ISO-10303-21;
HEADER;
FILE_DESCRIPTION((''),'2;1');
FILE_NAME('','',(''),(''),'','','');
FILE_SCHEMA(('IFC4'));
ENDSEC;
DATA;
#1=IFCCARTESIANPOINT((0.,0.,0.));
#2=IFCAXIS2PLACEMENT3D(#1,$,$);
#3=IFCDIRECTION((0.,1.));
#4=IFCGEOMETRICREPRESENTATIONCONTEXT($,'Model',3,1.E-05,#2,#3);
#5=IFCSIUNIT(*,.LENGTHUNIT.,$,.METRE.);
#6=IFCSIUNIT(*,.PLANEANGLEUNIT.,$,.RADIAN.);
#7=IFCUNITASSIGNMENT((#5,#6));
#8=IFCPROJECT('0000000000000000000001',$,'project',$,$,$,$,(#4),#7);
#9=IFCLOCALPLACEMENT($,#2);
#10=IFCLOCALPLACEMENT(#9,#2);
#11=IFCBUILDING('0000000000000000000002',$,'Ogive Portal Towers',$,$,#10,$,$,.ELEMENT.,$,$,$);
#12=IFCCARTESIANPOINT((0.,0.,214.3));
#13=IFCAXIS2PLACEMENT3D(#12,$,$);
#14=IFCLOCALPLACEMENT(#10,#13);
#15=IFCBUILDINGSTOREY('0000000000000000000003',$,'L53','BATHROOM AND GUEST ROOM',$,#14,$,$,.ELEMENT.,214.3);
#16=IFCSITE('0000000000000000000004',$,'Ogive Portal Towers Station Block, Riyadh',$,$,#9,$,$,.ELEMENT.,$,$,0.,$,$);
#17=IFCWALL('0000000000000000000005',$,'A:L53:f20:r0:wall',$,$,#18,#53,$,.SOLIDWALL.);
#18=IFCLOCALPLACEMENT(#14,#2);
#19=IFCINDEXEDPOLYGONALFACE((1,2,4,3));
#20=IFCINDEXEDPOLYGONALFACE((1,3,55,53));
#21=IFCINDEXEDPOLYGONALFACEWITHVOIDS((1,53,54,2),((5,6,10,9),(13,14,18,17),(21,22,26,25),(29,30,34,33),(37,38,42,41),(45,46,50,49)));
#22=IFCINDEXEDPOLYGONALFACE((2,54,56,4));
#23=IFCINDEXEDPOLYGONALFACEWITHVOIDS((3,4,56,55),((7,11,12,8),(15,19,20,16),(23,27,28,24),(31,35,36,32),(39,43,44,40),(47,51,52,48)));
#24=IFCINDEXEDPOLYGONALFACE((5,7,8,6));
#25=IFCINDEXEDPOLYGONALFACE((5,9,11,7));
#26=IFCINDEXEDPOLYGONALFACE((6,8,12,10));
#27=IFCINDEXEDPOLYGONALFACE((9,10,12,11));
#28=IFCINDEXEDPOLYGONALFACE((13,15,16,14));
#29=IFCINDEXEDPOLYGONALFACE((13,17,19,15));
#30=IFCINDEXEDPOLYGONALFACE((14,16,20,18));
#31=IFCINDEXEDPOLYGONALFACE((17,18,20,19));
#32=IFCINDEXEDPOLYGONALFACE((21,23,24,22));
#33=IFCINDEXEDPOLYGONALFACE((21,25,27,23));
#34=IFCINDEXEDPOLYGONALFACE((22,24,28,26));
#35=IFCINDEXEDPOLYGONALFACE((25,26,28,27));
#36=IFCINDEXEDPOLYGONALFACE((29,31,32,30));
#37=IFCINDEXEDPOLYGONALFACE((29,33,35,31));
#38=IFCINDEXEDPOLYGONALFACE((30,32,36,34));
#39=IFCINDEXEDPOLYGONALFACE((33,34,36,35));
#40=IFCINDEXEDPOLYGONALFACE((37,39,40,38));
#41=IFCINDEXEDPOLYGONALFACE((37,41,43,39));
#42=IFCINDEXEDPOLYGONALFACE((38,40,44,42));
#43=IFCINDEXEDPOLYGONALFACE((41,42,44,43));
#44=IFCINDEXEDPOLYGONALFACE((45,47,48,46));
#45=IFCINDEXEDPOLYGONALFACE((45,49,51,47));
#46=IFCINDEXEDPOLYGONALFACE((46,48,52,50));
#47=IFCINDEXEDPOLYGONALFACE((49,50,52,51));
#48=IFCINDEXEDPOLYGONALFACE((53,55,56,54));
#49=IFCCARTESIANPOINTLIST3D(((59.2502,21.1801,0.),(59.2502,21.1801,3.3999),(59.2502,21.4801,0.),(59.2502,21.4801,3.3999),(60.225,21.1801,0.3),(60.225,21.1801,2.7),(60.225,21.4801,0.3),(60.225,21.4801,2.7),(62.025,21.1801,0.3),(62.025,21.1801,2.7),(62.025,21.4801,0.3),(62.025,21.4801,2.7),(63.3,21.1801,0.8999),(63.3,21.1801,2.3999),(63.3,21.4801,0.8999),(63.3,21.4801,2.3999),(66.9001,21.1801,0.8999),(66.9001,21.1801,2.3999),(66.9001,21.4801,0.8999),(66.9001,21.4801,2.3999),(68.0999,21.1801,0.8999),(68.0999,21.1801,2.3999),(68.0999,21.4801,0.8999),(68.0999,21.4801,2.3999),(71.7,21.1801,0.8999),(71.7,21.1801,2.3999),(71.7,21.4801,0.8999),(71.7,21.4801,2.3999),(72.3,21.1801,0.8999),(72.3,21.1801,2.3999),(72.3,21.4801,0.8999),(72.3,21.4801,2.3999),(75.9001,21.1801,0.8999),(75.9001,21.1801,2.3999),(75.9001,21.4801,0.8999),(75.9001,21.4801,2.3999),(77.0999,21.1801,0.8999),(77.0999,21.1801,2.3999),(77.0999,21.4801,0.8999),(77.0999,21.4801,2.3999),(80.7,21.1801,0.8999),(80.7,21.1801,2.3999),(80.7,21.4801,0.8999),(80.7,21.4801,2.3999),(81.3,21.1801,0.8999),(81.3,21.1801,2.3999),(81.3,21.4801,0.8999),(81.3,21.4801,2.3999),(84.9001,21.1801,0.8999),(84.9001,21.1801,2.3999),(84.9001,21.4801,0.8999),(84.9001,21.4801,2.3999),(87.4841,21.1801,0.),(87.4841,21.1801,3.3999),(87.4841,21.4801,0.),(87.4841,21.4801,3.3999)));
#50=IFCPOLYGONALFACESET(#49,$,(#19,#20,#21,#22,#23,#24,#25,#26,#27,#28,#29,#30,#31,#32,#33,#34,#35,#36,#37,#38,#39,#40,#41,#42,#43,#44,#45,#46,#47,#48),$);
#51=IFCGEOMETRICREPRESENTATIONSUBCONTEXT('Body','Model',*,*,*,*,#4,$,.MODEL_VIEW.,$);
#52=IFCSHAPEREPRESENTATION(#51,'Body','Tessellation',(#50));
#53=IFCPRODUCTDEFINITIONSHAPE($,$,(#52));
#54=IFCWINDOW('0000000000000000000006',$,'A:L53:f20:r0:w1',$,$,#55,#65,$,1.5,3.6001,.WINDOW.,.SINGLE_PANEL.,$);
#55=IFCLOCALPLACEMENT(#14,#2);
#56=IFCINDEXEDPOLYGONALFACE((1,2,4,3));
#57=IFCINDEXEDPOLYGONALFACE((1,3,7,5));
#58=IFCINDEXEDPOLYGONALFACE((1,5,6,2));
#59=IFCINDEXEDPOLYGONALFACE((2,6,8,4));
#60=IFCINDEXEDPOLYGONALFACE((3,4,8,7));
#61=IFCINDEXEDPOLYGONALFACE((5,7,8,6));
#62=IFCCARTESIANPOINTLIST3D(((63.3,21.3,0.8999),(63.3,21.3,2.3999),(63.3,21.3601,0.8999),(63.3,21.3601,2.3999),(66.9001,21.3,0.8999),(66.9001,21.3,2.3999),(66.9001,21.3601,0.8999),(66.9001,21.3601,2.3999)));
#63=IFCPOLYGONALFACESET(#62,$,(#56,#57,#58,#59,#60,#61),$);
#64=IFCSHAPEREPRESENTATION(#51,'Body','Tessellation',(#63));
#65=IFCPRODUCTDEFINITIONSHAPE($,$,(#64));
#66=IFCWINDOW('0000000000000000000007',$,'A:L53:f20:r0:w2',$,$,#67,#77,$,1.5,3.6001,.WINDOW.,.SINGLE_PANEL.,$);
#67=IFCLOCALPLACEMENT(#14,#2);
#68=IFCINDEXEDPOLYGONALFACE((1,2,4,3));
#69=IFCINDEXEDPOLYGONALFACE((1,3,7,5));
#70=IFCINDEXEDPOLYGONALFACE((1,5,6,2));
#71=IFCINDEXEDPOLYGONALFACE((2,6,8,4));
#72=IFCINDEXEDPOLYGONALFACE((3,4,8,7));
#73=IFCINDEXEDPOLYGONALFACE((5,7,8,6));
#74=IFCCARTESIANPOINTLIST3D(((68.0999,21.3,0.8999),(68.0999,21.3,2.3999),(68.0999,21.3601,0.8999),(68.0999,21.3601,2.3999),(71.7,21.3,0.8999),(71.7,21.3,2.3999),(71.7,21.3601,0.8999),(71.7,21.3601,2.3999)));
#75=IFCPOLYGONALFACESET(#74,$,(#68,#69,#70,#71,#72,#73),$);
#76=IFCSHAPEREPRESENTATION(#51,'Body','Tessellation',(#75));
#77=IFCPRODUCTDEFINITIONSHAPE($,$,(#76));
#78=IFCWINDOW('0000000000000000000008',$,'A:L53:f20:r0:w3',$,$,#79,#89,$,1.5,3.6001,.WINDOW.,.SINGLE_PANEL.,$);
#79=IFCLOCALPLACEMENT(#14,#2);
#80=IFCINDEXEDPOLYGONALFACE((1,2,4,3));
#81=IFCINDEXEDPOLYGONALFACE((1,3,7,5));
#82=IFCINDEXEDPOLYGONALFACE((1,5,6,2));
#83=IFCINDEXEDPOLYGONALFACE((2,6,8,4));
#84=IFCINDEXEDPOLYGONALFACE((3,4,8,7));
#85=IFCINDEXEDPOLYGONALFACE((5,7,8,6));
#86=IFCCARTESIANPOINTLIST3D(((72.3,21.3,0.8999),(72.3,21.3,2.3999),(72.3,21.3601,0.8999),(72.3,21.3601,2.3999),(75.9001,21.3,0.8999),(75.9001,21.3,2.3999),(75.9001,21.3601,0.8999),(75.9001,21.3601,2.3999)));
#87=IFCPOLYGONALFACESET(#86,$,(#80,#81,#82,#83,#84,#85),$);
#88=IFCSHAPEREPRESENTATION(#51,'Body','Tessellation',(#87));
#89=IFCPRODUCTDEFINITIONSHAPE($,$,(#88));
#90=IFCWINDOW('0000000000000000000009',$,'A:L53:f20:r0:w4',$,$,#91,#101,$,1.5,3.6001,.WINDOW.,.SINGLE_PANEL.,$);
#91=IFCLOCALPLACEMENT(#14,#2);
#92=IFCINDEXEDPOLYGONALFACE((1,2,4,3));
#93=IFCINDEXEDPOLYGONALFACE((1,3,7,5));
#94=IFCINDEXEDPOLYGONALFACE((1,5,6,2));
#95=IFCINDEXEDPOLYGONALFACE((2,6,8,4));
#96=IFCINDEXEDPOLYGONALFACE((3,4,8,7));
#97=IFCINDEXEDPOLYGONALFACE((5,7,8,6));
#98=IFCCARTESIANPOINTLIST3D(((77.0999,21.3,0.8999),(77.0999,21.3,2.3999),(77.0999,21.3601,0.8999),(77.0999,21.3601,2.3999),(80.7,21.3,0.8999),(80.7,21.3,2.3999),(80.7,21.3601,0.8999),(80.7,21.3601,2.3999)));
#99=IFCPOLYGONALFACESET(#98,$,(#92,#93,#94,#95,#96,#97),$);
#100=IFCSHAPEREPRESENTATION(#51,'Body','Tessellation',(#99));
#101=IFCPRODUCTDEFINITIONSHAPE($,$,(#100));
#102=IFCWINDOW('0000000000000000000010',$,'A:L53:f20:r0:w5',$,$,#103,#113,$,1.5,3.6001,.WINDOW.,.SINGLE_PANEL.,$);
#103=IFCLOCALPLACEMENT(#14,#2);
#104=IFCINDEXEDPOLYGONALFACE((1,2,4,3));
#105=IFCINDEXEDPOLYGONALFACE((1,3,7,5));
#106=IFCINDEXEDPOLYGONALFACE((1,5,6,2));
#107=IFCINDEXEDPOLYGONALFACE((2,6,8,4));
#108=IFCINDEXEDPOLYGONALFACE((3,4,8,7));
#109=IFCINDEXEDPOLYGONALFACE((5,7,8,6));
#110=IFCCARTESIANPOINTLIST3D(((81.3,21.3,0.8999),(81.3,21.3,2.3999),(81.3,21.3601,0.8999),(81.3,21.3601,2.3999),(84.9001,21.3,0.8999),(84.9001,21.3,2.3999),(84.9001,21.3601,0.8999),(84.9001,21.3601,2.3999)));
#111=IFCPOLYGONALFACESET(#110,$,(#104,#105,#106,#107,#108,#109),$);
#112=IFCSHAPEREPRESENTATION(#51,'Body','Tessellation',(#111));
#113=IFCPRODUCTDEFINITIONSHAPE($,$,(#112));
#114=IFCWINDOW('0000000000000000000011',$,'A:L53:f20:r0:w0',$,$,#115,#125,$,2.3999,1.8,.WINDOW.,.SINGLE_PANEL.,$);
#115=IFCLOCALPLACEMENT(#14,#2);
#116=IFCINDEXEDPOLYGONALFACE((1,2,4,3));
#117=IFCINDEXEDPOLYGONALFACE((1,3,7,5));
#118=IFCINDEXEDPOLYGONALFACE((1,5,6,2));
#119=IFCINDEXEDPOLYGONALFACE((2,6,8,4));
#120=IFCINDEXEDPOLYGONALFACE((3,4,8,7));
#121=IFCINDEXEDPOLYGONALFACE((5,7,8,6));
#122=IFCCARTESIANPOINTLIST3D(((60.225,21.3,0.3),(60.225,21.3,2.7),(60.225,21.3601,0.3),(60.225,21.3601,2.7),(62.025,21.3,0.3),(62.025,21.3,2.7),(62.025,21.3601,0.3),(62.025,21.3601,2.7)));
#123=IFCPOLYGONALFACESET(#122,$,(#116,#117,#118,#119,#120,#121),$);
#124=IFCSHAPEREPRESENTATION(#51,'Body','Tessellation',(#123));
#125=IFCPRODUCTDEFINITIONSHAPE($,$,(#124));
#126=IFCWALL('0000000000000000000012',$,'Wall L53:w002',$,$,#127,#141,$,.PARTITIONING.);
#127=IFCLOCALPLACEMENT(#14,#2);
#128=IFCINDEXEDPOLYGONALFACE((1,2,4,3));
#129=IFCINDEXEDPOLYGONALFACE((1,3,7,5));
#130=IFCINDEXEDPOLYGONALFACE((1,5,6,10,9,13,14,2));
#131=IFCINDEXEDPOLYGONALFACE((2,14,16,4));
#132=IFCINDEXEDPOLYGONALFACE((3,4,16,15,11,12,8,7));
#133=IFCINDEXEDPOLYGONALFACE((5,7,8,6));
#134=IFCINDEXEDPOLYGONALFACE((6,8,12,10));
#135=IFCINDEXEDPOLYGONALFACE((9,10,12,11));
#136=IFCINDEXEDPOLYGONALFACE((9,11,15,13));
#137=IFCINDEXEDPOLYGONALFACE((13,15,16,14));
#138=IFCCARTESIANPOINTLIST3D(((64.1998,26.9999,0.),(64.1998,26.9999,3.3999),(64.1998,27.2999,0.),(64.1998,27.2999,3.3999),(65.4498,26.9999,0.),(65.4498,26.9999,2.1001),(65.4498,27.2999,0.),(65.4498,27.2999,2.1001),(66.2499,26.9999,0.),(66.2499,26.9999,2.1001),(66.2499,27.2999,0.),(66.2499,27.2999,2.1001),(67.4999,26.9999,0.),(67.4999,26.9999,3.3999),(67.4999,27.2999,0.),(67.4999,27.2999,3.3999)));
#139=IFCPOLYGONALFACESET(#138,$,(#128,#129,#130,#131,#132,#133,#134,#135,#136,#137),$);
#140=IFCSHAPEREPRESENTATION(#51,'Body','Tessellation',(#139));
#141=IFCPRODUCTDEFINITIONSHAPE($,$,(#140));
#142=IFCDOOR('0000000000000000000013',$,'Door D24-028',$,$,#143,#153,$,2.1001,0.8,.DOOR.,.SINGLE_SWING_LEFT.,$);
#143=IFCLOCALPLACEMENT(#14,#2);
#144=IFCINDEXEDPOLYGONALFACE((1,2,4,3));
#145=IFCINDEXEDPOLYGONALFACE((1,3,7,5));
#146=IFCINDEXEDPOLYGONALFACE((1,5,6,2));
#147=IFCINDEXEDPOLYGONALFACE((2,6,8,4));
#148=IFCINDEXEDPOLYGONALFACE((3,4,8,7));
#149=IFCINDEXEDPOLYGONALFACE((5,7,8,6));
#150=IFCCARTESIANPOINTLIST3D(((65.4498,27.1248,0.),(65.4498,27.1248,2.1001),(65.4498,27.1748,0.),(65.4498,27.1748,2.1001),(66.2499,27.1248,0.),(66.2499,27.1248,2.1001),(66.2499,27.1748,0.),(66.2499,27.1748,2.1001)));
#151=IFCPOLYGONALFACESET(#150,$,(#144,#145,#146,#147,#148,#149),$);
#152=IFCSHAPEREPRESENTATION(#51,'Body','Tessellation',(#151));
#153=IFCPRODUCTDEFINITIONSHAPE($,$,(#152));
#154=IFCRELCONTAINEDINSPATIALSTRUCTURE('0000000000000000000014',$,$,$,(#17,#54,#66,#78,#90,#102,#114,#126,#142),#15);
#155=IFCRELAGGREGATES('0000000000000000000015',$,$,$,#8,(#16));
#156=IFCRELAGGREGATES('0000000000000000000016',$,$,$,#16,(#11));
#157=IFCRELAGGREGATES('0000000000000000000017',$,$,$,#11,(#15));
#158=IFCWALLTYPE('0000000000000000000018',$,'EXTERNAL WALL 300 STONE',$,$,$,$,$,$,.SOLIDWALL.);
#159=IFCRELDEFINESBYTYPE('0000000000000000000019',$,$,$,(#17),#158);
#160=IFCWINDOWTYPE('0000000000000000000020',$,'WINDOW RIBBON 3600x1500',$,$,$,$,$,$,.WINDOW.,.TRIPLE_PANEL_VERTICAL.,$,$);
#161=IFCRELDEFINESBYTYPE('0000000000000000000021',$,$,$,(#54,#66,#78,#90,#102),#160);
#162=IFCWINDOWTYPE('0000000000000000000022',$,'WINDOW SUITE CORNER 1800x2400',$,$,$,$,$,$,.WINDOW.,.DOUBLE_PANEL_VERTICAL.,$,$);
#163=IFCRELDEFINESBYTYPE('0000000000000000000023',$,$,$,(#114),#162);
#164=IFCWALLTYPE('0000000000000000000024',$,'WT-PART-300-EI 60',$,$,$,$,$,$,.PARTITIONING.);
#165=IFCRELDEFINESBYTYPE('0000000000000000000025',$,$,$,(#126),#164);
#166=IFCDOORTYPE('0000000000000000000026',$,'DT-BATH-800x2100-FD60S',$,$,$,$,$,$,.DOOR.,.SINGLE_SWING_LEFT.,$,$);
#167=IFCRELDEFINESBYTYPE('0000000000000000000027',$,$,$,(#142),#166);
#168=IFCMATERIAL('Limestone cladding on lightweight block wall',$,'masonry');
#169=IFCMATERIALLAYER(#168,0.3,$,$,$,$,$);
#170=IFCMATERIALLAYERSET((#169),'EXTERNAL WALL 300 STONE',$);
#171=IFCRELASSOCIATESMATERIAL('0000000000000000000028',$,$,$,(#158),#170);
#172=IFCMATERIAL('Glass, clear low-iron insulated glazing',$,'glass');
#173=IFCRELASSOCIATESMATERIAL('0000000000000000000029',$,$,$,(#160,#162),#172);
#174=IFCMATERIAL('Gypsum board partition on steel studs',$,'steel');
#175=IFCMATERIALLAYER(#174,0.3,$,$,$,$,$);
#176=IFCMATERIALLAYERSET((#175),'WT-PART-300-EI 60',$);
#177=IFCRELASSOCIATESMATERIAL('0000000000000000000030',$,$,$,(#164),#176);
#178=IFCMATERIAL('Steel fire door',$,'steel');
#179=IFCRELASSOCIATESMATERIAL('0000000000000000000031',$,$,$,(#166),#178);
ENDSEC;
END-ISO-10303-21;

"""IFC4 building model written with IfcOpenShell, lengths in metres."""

from ifc_helpers import new_model, si_unit, direction, frame, frame_2d, origin, place, context, subcontext, project, spatial, rectangle, extrude, material, layer, layer_set, type_object, element, fill, save


model = new_model("IFC4")

# Units and contexts
model_context = context("Model", 3, precision=1e-05, world=origin(), true_north=direction((0.0, 1.0)))
body_context = subcontext(model_context, "Body", "Model", "MODEL_VIEW")
ifc_project = project(units=[si_unit("LENGTHUNIT", "METRE"), si_unit("PLANEANGLEUNIT", "RADIAN")], contexts=[model_context])

# Site, building, storey
site_placement = place(None, origin())
site = spatial("IfcSite", under=ifc_project, at=site_placement, Name="Ogive Portal Towers Station Block, Riyadh", CompositionType="ELEMENT", RefElevation=0.0)
building_placement = place(site_placement, origin())
building = spatial("IfcBuilding", under=site, at=building_placement, Name="Ogive Portal Towers", CompositionType="ELEMENT")
storey_placement = place(building_placement, frame((0.0, 0.0, 214.3)))
storey = spatial("IfcBuildingStorey", under=building, at=storey_placement, Name="L53", Description="BATHROOM AND GUEST ROOM", CompositionType="ELEMENT", Elevation=214.3)

# Shared definitions
ifc_material_1 = material(Name="Limestone cladding on lightweight block wall", Category="masonry")
ifc_layer_1 = layer(ifc_material_1, 0.3)
ifc_layer_set_1 = layer_set([ifc_layer_1], Name="EXTERNAL WALL 300 STONE")
wall_type_1 = type_object("IfcWallType", Name="EXTERNAL WALL 300 STONE", PredefinedType="SOLIDWALL", material=ifc_layer_set_1)

# Wall, openings, windows
wall_1_placement = place(storey_placement, frame((59.2502, 21.3301, 0.0), z_axis=(0.0, 0.0, 1.0), x_axis=(1.0, 0.0, 0.0)))
wall_1 = element("IfcWall", 1, at=wall_1_placement, inside=storey, type_object=wall_type_1, Name="A:L53:f20:r0:wall", PredefinedType="SOLIDWALL", context=body_context, shape_type="SweptSolid", body=[
    extrude(rectangle(XDim=28.2339, YDim=0.3, at=frame_2d((14.1169, 0.0))), origin(), (0.0, 0.0, 1.0), 3.3999),
])
opening_1_placement = place(wall_1_placement, frame((0.9749, 0.0, 0.3)))
opening_1 = element("IfcOpeningElement", 2, at=opening_1_placement, cuts=wall_1, PredefinedType="OPENING", context=body_context, shape_type="SweptSolid", body=[
    extrude(rectangle(XDim=1.8, YDim=2.3999, at=frame_2d((0.8999, 1.2))), frame((0.0, 0.1602, 0.0), z_axis=(0.0, -1.0, 0.0), x_axis=(1.0, 0.0, 0.0)), (0.0, 0.0, 1.0), 0.3201),
])
opening_2_placement = place(wall_1_placement, frame((4.0498, 0.0, 0.8999)))
opening_2 = element("IfcOpeningElement", 3, at=opening_2_placement, cuts=wall_1, PredefinedType="OPENING", context=body_context, shape_type="SweptSolid", body=[
    extrude(rectangle(XDim=3.6001, YDim=1.5, at=frame_2d((1.8, 0.75))), frame((0.0, 0.1602, 0.0), z_axis=(0.0, -1.0, 0.0), x_axis=(1.0, 0.0, 0.0)), (0.0, 0.0, 1.0), 0.3201),
])
opening_3_placement = place(wall_1_placement, frame((8.8496, 0.0, 0.8999)))
opening_3 = element("IfcOpeningElement", 4, at=opening_3_placement, cuts=wall_1, PredefinedType="OPENING", context=body_context, shape_type="SweptSolid", body=[
    extrude(rectangle(XDim=3.6001, YDim=1.5, at=frame_2d((1.8, 0.75))), frame((0.0, 0.1602, 0.0), z_axis=(0.0, -1.0, 0.0), x_axis=(1.0, 0.0, 0.0)), (0.0, 0.0, 1.0), 0.3201),
])
opening_4_placement = place(wall_1_placement, frame((13.0498, 0.0, 0.8999)))
opening_4 = element("IfcOpeningElement", 5, at=opening_4_placement, cuts=wall_1, PredefinedType="OPENING", context=body_context, shape_type="SweptSolid", body=[
    extrude(rectangle(XDim=3.6001, YDim=1.5, at=frame_2d((1.8, 0.75))), frame((0.0, 0.1602, 0.0), z_axis=(0.0, -1.0, 0.0), x_axis=(1.0, 0.0, 0.0)), (0.0, 0.0, 1.0), 0.3201),
])
opening_5_placement = place(wall_1_placement, frame((17.8496, 0.0, 0.8999)))
opening_5 = element("IfcOpeningElement", 6, at=opening_5_placement, cuts=wall_1, PredefinedType="OPENING", context=body_context, shape_type="SweptSolid", body=[
    extrude(rectangle(XDim=3.6001, YDim=1.5, at=frame_2d((1.8, 0.75))), frame((0.0, 0.1602, 0.0), z_axis=(0.0, -1.0, 0.0), x_axis=(1.0, 0.0, 0.0)), (0.0, 0.0, 1.0), 0.3201),
])
opening_6_placement = place(wall_1_placement, frame((22.0498, 0.0, 0.8999)))
opening_6 = element("IfcOpeningElement", 7, at=opening_6_placement, cuts=wall_1, PredefinedType="OPENING", context=body_context, shape_type="SweptSolid", body=[
    extrude(rectangle(XDim=3.6001, YDim=1.5, at=frame_2d((1.8, 0.75))), frame((0.0, 0.1602, 0.0), z_axis=(0.0, -1.0, 0.0), x_axis=(1.0, 0.0, 0.0)), (0.0, 0.0, 1.0), 0.3201),
])
ifc_material_2 = material(Name="Glass, clear low-iron insulated glazing", Category="glass")
window_type_1 = type_object("IfcWindowType", Name="WINDOW RIBBON 3600x1500", PartitioningType="TRIPLE_PANEL_VERTICAL", PredefinedType="WINDOW", material=ifc_material_2)
window_1_placement = place(opening_2_placement, origin())
window_1 = element("IfcWindow", 8, at=window_1_placement, inside=storey, type_object=window_type_1, Name="A:L53:f20:r0:w1", OverallHeight=1.5, OverallWidth=3.6001, PartitioningType="SINGLE_PANEL", PredefinedType="WINDOW", context=body_context, shape_type="SweptSolid", body=[
    extrude(rectangle(XDim=3.6001, YDim=1.5, at=frame_2d((1.8, 0.75))), frame((0.0, 0.03, 0.0), z_axis=(0.0, -1.0, 0.0), x_axis=(1.0, 0.0, 0.0)), (0.0, 0.0, 1.0), 0.0601),
])
fill(opening_2, window_1)
window_2_placement = place(opening_3_placement, origin())
window_2 = element("IfcWindow", 9, at=window_2_placement, inside=storey, type_object=window_type_1, Name="A:L53:f20:r0:w2", OverallHeight=1.5, OverallWidth=3.6001, PartitioningType="SINGLE_PANEL", PredefinedType="WINDOW", context=body_context, shape_type="SweptSolid", body=[
    extrude(rectangle(XDim=3.6001, YDim=1.5, at=frame_2d((1.8, 0.75))), frame((0.0, 0.03, 0.0), z_axis=(0.0, -1.0, 0.0), x_axis=(1.0, 0.0, 0.0)), (0.0, 0.0, 1.0), 0.0601),
])
fill(opening_3, window_2)
window_3_placement = place(opening_4_placement, origin())
window_3 = element("IfcWindow", 10, at=window_3_placement, inside=storey, type_object=window_type_1, Name="A:L53:f20:r0:w3", OverallHeight=1.5, OverallWidth=3.6001, PartitioningType="SINGLE_PANEL", PredefinedType="WINDOW", context=body_context, shape_type="SweptSolid", body=[
    extrude(rectangle(XDim=3.6001, YDim=1.5, at=frame_2d((1.8, 0.75))), frame((0.0, 0.03, 0.0), z_axis=(0.0, -1.0, 0.0), x_axis=(1.0, 0.0, 0.0)), (0.0, 0.0, 1.0), 0.0601),
])
fill(opening_4, window_3)
window_4_placement = place(opening_5_placement, origin())
window_4 = element("IfcWindow", 11, at=window_4_placement, inside=storey, type_object=window_type_1, Name="A:L53:f20:r0:w4", OverallHeight=1.5, OverallWidth=3.6001, PartitioningType="SINGLE_PANEL", PredefinedType="WINDOW", context=body_context, shape_type="SweptSolid", body=[
    extrude(rectangle(XDim=3.6001, YDim=1.5, at=frame_2d((1.8, 0.75))), frame((0.0, 0.03, 0.0), z_axis=(0.0, -1.0, 0.0), x_axis=(1.0, 0.0, 0.0)), (0.0, 0.0, 1.0), 0.0601),
])
fill(opening_5, window_4)
window_5_placement = place(opening_6_placement, origin())
window_5 = element("IfcWindow", 12, at=window_5_placement, inside=storey, type_object=window_type_1, Name="A:L53:f20:r0:w5", OverallHeight=1.5, OverallWidth=3.6001, PartitioningType="SINGLE_PANEL", PredefinedType="WINDOW", context=body_context, shape_type="SweptSolid", body=[
    extrude(rectangle(XDim=3.6001, YDim=1.5, at=frame_2d((1.8, 0.75))), frame((0.0, 0.03, 0.0), z_axis=(0.0, -1.0, 0.0), x_axis=(1.0, 0.0, 0.0)), (0.0, 0.0, 1.0), 0.0601),
])
fill(opening_6, window_5)
window_type_2 = type_object("IfcWindowType", Name="WINDOW SUITE CORNER 1800x2400", PartitioningType="DOUBLE_PANEL_VERTICAL", PredefinedType="WINDOW", material=ifc_material_2)
window_6_placement = place(opening_1_placement, origin())
window_6 = element("IfcWindow", 13, at=window_6_placement, inside=storey, type_object=window_type_2, Name="A:L53:f20:r0:w0", OverallHeight=2.3999, OverallWidth=1.8, PartitioningType="SINGLE_PANEL", PredefinedType="WINDOW", context=body_context, shape_type="SweptSolid", body=[
    extrude(rectangle(XDim=1.8, YDim=2.3999, at=frame_2d((0.8999, 1.2))), frame((0.0, 0.03, 0.0), z_axis=(0.0, -1.0, 0.0), x_axis=(1.0, 0.0, 0.0)), (0.0, 0.0, 1.0), 0.0601),
])
fill(opening_1, window_6)

# Wall, opening, door
ifc_material_3 = material(Name="Gypsum board partition on steel studs", Category="steel")
ifc_layer_2 = layer(ifc_material_3, 0.3)
ifc_layer_set_2 = layer_set([ifc_layer_2], Name="WT-PART-300-EI 60")
wall_type_2 = type_object("IfcWallType", Name="WT-PART-300-EI 60", PredefinedType="PARTITIONING", material=ifc_layer_set_2)
wall_2_placement = place(storey_placement, frame((64.2, 27.1499, 0.0), z_axis=(0.0, 0.0, 1.0), x_axis=(1.0, 0.0, 0.0)))
wall_2 = element("IfcWall", 14, at=wall_2_placement, inside=storey, type_object=wall_type_2, Name="Wall L53:w002", PredefinedType="PARTITIONING", context=body_context, shape_type="SweptSolid", body=[
    extrude(rectangle(XDim=3.3, YDim=0.3, at=frame_2d((1.6499, 0.0))), origin(), (0.0, 0.0, 1.0), 3.3999),
])
opening_7_placement = place(wall_2_placement, frame((1.25, 0.0, 0.0)))
opening_7 = element("IfcOpeningElement", 15, at=opening_7_placement, cuts=wall_2, PredefinedType="OPENING", context=body_context, shape_type="SweptSolid", body=[
    extrude(rectangle(XDim=0.8, YDim=2.1001, at=frame_2d((0.3999, 1.05))), frame((0.0, 0.1602, 0.0), z_axis=(0.0, -1.0, 0.0), x_axis=(1.0, 0.0, 0.0)), (0.0, 0.0, 1.0), 0.3201),
])
ifc_material_4 = material(Name="Steel fire door", Category="steel")
door_type = type_object("IfcDoorType", Name="DT-BATH-800x2100-FD60S", OperationType="SINGLE_SWING_LEFT", PredefinedType="DOOR", material=ifc_material_4)
door_1_placement = place(opening_7_placement, origin())
door_1 = element("IfcDoor", 16, at=door_1_placement, inside=storey, type_object=door_type, Name="Door D24-028", OperationType="SINGLE_SWING_LEFT", OverallHeight=2.1001, OverallWidth=0.8, PredefinedType="DOOR", context=body_context, shape_type="SweptSolid", body=[
    extrude(rectangle(XDim=0.8, YDim=2.1001, at=frame_2d((0.3999, 1.05))), frame((0.0, 0.0249, 0.0), z_axis=(0.0, -1.0, 0.0), x_axis=(1.0, 0.0, 0.0)), (0.0, 0.0, 1.0), 0.05),
])
fill(opening_7, door_1)

save(model, "model.ifc")
